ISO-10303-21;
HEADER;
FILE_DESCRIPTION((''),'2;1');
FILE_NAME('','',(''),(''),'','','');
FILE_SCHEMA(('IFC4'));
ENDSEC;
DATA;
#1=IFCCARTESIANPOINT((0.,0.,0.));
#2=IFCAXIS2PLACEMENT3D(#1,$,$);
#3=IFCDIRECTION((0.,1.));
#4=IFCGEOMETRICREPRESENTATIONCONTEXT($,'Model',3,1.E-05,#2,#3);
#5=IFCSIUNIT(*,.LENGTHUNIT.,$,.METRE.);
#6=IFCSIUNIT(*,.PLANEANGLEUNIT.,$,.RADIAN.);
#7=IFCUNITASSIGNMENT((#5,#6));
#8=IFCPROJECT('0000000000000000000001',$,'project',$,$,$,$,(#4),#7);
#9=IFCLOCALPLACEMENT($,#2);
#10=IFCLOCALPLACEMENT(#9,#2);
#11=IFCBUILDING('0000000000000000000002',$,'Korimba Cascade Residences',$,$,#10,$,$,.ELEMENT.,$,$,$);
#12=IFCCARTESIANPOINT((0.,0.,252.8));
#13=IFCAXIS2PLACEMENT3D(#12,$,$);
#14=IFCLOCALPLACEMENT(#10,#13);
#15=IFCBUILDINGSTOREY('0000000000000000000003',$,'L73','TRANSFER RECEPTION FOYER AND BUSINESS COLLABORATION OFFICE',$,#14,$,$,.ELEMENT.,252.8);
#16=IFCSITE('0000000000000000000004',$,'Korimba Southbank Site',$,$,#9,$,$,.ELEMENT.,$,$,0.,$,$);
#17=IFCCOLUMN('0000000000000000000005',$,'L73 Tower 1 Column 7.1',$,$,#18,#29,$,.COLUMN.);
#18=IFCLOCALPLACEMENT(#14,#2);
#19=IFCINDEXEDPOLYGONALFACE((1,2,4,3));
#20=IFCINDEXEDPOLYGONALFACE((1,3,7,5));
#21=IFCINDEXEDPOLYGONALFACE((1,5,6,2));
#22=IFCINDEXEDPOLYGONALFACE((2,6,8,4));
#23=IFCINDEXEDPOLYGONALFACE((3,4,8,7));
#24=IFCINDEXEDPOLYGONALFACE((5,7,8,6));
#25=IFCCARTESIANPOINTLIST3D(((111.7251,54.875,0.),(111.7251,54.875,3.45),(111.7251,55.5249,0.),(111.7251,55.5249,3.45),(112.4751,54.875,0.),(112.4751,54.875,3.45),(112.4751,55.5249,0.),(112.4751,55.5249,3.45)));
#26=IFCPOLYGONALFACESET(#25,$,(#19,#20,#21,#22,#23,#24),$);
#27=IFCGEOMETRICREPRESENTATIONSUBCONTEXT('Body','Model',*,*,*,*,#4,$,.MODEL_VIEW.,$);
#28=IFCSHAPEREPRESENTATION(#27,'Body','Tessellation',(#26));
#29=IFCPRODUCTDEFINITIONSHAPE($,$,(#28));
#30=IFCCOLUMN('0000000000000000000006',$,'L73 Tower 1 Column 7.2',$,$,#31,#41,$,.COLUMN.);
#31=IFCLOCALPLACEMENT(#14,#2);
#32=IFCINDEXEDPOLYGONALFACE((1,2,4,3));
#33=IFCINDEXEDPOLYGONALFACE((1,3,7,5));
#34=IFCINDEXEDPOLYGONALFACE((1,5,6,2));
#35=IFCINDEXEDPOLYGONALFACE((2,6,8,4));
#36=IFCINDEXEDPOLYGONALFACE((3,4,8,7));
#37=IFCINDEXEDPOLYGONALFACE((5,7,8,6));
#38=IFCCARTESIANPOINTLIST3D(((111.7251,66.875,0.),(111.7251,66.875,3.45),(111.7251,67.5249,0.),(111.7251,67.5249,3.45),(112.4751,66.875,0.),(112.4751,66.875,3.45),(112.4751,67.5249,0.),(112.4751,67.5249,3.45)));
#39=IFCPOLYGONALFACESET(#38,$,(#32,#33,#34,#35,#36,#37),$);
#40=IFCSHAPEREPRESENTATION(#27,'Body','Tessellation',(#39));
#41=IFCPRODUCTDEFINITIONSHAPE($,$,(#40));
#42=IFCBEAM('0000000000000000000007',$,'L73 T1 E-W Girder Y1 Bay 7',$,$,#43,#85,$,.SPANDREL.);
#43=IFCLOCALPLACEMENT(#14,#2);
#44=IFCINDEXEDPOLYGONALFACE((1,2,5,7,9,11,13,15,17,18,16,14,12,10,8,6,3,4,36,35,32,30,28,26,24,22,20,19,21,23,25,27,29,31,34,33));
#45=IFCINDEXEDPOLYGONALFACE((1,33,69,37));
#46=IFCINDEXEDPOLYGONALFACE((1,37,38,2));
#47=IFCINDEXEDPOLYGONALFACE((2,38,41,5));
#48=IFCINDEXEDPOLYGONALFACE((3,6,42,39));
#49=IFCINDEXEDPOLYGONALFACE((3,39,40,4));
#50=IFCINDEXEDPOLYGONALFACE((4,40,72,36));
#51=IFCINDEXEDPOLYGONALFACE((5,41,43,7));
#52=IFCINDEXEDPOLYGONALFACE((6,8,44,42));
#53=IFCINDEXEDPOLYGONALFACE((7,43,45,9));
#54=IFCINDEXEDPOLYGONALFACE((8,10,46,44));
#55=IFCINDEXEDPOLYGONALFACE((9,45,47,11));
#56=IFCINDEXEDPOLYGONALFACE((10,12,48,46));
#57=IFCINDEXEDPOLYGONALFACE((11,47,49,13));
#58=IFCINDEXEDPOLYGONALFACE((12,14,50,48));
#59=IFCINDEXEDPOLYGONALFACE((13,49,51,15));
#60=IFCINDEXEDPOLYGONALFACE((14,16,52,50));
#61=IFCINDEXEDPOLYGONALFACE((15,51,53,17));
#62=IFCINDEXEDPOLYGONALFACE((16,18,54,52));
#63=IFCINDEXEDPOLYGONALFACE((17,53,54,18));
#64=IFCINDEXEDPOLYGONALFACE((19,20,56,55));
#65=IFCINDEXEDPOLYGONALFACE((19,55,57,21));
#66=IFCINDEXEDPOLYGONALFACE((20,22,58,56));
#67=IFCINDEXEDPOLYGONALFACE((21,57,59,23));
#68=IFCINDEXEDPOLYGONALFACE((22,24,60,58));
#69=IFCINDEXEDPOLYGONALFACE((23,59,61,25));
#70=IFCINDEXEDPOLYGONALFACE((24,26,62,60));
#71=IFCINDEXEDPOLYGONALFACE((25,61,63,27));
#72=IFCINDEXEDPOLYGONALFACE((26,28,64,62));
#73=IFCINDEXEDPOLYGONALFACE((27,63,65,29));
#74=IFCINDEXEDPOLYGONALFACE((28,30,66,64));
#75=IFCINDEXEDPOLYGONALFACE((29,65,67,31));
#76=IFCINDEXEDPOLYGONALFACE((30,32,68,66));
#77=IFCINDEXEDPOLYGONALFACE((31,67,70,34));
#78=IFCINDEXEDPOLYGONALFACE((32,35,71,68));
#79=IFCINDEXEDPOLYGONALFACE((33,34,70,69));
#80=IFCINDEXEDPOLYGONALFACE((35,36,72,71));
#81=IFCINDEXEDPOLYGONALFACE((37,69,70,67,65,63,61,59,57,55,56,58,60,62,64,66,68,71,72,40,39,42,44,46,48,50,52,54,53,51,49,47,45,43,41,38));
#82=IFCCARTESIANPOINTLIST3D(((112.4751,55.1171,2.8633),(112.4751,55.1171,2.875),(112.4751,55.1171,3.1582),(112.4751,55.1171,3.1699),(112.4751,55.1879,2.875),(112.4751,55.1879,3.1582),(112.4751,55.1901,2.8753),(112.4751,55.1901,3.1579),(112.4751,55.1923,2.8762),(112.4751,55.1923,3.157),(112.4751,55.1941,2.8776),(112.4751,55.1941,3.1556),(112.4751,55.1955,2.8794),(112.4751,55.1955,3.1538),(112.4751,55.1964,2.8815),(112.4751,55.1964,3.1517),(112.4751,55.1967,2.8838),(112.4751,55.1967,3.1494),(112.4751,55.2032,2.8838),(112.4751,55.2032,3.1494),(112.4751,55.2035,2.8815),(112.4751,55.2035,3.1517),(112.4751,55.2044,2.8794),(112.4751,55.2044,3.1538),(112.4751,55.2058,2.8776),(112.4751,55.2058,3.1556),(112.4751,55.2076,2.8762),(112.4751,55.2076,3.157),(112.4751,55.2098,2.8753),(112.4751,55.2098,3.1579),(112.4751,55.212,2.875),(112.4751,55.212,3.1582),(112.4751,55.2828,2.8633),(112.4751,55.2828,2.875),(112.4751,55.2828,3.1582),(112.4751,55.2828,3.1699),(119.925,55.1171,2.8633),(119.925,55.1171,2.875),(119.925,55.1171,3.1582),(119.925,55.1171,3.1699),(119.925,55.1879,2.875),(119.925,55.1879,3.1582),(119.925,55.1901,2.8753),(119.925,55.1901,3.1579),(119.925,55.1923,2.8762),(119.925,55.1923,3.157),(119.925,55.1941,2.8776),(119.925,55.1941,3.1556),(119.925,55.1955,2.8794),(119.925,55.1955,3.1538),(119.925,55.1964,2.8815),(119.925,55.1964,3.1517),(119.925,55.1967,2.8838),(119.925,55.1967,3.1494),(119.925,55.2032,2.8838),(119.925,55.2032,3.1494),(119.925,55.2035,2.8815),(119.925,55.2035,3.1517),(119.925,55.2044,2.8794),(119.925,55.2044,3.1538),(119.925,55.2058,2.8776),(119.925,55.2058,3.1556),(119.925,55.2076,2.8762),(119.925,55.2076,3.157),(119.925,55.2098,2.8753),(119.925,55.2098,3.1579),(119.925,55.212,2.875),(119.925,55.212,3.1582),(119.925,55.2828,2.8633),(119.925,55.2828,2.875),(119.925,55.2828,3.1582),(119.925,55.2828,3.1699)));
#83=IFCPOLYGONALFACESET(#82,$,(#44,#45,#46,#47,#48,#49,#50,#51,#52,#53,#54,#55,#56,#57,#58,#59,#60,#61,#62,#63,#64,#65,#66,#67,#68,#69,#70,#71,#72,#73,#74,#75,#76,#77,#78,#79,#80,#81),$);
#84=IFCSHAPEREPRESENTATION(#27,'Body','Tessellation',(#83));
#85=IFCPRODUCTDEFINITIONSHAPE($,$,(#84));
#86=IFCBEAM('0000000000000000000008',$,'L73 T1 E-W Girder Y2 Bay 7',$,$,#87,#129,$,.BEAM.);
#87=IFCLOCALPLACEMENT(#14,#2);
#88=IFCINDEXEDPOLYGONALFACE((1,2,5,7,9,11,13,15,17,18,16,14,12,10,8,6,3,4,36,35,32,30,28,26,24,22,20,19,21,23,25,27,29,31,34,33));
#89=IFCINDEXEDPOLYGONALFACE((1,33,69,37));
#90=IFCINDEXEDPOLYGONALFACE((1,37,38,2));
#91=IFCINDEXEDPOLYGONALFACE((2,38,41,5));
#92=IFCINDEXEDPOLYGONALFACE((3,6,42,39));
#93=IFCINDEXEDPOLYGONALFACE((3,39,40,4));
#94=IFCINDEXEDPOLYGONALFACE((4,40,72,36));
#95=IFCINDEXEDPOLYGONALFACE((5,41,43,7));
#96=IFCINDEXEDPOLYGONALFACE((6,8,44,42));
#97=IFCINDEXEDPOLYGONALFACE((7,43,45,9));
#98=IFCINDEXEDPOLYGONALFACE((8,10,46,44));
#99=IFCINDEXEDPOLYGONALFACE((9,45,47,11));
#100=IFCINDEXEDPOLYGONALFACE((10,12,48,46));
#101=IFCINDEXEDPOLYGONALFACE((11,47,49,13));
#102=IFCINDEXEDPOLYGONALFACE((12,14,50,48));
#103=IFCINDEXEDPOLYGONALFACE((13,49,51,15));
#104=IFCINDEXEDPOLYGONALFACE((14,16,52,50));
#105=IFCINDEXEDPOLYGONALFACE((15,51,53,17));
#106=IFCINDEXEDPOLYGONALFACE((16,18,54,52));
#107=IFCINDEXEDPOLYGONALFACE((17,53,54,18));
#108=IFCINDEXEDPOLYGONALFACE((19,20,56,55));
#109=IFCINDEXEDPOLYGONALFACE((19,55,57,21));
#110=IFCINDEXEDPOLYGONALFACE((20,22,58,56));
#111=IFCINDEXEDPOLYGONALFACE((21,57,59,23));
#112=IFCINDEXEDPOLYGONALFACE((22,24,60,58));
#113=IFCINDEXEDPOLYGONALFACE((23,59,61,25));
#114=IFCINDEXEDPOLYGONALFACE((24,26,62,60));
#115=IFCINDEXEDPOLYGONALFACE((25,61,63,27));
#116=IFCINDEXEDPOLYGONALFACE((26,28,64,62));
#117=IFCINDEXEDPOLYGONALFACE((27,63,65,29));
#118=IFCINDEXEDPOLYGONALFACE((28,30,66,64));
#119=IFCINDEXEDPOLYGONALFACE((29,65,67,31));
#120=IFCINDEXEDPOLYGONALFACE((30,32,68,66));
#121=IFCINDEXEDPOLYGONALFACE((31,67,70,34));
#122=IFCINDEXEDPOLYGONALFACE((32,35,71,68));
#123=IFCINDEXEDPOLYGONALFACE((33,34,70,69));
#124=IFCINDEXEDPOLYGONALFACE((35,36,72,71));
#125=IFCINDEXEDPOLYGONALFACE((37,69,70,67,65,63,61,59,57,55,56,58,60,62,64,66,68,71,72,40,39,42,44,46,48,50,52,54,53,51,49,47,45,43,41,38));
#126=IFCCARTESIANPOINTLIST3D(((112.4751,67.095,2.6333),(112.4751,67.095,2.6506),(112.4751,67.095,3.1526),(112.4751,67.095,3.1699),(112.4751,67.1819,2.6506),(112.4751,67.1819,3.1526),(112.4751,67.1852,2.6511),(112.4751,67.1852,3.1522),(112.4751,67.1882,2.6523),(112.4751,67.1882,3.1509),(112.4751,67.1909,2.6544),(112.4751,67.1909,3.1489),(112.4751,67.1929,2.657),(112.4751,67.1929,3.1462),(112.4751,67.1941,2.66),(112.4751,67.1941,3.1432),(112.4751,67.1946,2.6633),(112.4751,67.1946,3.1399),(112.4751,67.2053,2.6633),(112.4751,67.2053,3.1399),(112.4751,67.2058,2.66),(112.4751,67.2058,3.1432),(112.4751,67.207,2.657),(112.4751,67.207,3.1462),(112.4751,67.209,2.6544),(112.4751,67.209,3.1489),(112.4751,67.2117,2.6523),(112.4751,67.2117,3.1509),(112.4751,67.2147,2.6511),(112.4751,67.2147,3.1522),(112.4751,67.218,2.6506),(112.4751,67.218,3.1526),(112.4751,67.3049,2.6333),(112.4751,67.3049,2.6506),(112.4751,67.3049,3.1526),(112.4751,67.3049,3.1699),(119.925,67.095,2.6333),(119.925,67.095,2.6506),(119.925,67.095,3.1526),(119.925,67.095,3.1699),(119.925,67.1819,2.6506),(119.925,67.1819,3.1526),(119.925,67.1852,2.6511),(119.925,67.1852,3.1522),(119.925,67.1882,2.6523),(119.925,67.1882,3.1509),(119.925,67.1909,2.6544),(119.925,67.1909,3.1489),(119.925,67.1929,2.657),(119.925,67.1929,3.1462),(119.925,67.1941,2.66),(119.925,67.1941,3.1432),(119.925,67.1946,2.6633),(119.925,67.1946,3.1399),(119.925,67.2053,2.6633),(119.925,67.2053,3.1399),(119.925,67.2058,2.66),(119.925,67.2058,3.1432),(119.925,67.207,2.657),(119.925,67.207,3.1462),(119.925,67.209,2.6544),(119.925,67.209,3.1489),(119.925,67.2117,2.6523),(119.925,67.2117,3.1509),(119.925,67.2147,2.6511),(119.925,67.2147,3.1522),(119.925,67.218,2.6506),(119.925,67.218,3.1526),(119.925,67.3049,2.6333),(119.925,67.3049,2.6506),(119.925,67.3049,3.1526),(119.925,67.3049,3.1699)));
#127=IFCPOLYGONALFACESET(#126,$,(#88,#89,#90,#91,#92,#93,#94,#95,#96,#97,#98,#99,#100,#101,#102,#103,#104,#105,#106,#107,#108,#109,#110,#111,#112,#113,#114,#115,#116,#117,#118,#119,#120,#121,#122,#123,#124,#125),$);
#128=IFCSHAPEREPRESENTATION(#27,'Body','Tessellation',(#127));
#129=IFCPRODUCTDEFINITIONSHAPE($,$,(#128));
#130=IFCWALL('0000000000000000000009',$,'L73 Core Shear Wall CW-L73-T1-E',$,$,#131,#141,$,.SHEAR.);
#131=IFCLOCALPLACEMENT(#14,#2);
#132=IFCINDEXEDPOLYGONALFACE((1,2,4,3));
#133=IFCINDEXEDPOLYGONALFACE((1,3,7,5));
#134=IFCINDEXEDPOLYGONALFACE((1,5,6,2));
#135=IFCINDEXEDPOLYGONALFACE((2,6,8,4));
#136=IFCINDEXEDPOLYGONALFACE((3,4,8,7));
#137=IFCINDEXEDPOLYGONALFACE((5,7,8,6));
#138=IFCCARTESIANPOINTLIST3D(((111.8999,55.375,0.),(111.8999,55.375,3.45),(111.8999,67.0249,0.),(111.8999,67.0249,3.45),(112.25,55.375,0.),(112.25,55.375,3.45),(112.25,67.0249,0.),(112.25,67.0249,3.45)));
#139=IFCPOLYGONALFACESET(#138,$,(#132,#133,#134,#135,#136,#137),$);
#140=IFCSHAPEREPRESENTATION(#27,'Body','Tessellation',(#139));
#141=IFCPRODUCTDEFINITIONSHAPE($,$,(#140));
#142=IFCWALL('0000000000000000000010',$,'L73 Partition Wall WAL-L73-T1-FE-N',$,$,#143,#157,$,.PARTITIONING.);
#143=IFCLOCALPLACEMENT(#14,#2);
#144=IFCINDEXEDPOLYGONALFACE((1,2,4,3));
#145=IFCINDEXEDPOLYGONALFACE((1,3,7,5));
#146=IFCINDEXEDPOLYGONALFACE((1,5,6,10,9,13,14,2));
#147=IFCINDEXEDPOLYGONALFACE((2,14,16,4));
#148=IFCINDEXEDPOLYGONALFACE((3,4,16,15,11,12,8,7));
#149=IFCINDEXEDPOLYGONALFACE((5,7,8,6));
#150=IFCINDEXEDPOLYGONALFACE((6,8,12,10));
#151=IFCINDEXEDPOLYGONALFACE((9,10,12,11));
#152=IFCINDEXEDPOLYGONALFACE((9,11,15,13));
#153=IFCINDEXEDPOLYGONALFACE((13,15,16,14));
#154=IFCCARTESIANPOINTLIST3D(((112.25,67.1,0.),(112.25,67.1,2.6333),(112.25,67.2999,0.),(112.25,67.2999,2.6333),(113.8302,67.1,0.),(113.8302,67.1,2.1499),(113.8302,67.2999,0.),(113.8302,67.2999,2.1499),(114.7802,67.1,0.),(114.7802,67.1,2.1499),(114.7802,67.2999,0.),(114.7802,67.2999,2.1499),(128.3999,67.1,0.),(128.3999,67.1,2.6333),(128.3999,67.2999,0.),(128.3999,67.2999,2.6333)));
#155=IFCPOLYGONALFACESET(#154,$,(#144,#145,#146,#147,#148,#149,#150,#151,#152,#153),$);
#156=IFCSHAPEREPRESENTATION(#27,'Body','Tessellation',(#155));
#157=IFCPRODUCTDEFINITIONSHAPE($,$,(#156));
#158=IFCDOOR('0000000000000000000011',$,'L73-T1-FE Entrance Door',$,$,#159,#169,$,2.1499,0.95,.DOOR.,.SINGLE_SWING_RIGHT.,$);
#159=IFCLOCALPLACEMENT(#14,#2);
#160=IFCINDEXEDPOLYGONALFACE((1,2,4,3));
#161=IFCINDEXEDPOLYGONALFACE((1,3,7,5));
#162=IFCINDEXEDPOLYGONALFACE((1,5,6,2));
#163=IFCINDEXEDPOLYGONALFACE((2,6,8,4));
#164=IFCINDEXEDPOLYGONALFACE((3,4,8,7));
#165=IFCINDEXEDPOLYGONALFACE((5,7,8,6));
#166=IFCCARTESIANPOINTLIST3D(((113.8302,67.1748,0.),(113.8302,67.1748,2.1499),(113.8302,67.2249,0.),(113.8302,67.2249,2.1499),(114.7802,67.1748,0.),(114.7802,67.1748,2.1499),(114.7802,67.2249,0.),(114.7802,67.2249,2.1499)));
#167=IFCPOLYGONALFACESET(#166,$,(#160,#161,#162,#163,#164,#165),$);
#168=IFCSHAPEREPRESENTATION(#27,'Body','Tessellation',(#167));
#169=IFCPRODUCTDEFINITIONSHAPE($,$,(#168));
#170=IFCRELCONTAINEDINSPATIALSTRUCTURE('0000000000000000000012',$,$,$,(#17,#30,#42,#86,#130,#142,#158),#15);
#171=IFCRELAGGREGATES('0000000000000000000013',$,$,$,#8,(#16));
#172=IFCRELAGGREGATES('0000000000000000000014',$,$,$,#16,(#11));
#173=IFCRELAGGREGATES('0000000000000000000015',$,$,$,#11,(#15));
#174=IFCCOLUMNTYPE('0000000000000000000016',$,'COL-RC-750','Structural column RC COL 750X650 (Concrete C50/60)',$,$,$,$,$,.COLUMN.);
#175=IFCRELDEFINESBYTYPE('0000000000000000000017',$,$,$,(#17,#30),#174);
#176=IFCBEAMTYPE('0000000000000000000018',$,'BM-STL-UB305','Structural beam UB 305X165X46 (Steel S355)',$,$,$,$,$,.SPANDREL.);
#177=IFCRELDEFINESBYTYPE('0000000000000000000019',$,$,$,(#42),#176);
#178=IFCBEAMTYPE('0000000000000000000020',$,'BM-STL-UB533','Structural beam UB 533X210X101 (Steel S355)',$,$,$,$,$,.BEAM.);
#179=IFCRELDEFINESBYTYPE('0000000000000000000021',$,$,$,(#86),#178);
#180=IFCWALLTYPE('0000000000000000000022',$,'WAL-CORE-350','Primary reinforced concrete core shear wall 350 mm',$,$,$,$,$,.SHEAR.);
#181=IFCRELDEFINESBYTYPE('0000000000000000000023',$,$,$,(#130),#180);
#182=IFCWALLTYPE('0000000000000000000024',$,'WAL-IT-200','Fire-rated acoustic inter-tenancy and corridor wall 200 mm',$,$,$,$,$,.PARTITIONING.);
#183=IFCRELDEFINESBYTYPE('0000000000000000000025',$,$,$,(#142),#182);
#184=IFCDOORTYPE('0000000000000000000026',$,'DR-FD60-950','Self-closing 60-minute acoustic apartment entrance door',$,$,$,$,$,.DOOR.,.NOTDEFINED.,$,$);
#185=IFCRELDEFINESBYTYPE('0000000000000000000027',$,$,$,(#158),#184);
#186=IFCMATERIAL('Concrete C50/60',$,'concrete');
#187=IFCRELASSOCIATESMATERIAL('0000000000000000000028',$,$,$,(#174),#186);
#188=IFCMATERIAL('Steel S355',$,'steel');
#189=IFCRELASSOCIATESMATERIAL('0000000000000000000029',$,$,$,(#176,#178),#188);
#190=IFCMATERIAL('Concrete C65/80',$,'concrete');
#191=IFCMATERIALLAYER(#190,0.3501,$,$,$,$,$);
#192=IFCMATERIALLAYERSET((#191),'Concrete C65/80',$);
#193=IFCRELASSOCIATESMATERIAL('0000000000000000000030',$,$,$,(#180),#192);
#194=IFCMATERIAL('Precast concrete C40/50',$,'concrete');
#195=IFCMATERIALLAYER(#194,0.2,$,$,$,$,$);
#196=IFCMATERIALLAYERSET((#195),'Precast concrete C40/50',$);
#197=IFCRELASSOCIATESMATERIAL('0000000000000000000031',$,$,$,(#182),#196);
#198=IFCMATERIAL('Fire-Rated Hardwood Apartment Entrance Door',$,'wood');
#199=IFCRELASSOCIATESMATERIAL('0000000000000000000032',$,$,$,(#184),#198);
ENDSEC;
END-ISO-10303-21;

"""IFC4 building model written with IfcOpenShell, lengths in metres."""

from ifc_helpers import new_model, si_unit, direction, frame, frame_2d, origin, origin_2d, place, context, subcontext, project, spatial, rectangle, i_section, extrude, material, layer, layer_set, material_profile, profile_set, type_object, element, fill, save


model = new_model("IFC4")

# Units and contexts
model_context = context("Model", 3, precision=1e-05, world=origin(), true_north=direction((0.0, 1.0)))
body_context = subcontext(model_context, "Body", "Model", "MODEL_VIEW")
ifc_project = project(units=[si_unit("LENGTHUNIT", "METRE"), si_unit("PLANEANGLEUNIT", "RADIAN")], contexts=[model_context])

# Site, building, storey
site_placement = place(None, origin())
site = spatial("IfcSite", under=ifc_project, at=site_placement, Name="Korimba Southbank Site", CompositionType="ELEMENT", RefElevation=0.0)
building_placement = place(site_placement, origin())
building = spatial("IfcBuilding", under=site, at=building_placement, Name="Korimba Cascade Residences", CompositionType="ELEMENT")
storey_placement = place(building_placement, frame((0.0, 0.0, 252.8)))
storey = spatial("IfcBuildingStorey", under=building, at=storey_placement, Name="L73", Description="TRANSFER RECEPTION FOYER AND BUSINESS COLLABORATION OFFICE", CompositionType="ELEMENT", Elevation=252.8)

# Columns
ifc_material_1 = material(Name="Concrete C50/60", Category="concrete")
ifc_material_profile_1 = material_profile(ifc_material_1, rectangle(XDim=0.75, YDim=0.6499, at=origin_2d()), Name="Concrete C50/60")
ifc_profile_set_1 = profile_set([ifc_material_profile_1], Name="Concrete C50/60")
column_type = type_object("IfcColumnType", Name="COL-RC-750", Description="Structural column RC COL 750X650 (Concrete C50/60)", PredefinedType="COLUMN", material=ifc_profile_set_1)
for number, where, z_axis, x_axis, name in (
    (1, (112.1001, 55.2, 0.0), (0.0, 0.0, 1.0), (1.0, 0.0, 0.0), "L73 Tower 1 Column 7.1"),
    (2, (112.1001, 67.2, 0.0), (0.0, 0.0, 1.0), (1.0, 0.0, 0.0), "L73 Tower 1 Column 7.2"),
):
    element("IfcColumn", number, at=place(storey_placement, frame(where, z_axis=z_axis, x_axis=x_axis)), inside=storey, type_object=column_type, Name=name, PredefinedType="COLUMN", context=body_context, shape_type="SweptSolid", body=[
        extrude(rectangle(XDim=0.75, YDim=0.6499, at=origin_2d()), origin(), (0.0, 0.0, 1.0), 3.45),
    ])

# Beams
ifc_material_2 = material(Name="Steel S355", Category="steel")
ifc_material_profile_2 = material_profile(ifc_material_2, i_section(OverallWidth=0.1658, OverallDepth=0.3066, WebThickness=0.0066, FlangeThickness=0.0117, FilletRadius=0.0088, at=origin_2d()), Name="Steel S355")
ifc_profile_set_2 = profile_set([ifc_material_profile_2], Name="Steel S355")
beam_type_1 = type_object("IfcBeamType", Name="BM-STL-UB305", Description="Structural beam UB 305X165X46 (Steel S355)", PredefinedType="SPANDREL", material=ifc_profile_set_2)
beam_1_placement = place(storey_placement, frame((112.4751, 55.2, 3.0166), z_axis=(1.0, 0.0, 0.0), x_axis=(0.0, 1.0, 0.0)))
element("IfcBeam", 3, at=beam_1_placement, inside=storey, type_object=beam_type_1, Name="L73 T1 E-W Girder Y1 Bay 7", PredefinedType="SPANDREL", context=body_context, shape_type="SweptSolid", body=[
    extrude(i_section(OverallWidth=0.1658, OverallDepth=0.3066, WebThickness=0.0066, FlangeThickness=0.0117, FilletRadius=0.0088, at=origin_2d()), origin(), (0.0, 0.0, 1.0), 7.45),
])
ifc_material_profile_3 = material_profile(ifc_material_2, i_section(OverallWidth=0.21, OverallDepth=0.5366, WebThickness=0.0107, FlangeThickness=0.0173, FilletRadius=0.0127, at=origin_2d()), Name="Steel S355")
ifc_profile_set_3 = profile_set([ifc_material_profile_3], Name="Steel S355")
beam_type_2 = type_object("IfcBeamType", Name="BM-STL-UB533", Description="Structural beam UB 533X210X101 (Steel S355)", PredefinedType="BEAM", material=ifc_profile_set_3)
beam_2_placement = place(storey_placement, frame((112.4751, 67.2, 2.9016), z_axis=(1.0, 0.0, 0.0), x_axis=(0.0, 1.0, 0.0)))
element("IfcBeam", 4, at=beam_2_placement, inside=storey, type_object=beam_type_2, Name="L73 T1 E-W Girder Y2 Bay 7", PredefinedType="BEAM", context=body_context, shape_type="SweptSolid", body=[
    extrude(i_section(OverallWidth=0.21, OverallDepth=0.5366, WebThickness=0.0107, FlangeThickness=0.0173, FilletRadius=0.0127, at=origin_2d()), origin(), (0.0, 0.0, 1.0), 7.45),
])

# Wall
ifc_material_3 = material(Name="Concrete C65/80", Category="concrete")
ifc_layer_1 = layer(ifc_material_3, 0.3501)
ifc_layer_set_1 = layer_set([ifc_layer_1], Name="Concrete C65/80")
wall_type_1 = type_object("IfcWallType", Name="WAL-CORE-350", Description="Primary reinforced concrete core shear wall 350 mm", PredefinedType="SHEAR", material=ifc_layer_set_1)
wall_1_placement = place(storey_placement, frame((112.075, 55.375, 0.0), z_axis=(0.0, 0.0, 1.0), x_axis=(0.0, 1.0, 0.0)))
element("IfcWall", 5, at=wall_1_placement, inside=storey, type_object=wall_type_1, Name="L73 Core Shear Wall CW-L73-T1-E", PredefinedType="SHEAR", context=body_context, shape_type="SweptSolid", body=[
    extrude(rectangle(XDim=11.6499, YDim=0.3501, at=frame_2d((5.825, 0.0))), origin(), (0.0, 0.0, 1.0), 3.45),
])

# Wall, opening, door
ifc_material_4 = material(Name="Precast concrete C40/50", Category="concrete")
ifc_layer_2 = layer(ifc_material_4, 0.2)
ifc_layer_set_2 = layer_set([ifc_layer_2], Name="Precast concrete C40/50")
wall_type_2 = type_object("IfcWallType", Name="WAL-IT-200", Description="Fire-rated acoustic inter-tenancy and corridor wall 200 mm", PredefinedType="PARTITIONING", material=ifc_layer_set_2)
wall_2_placement = place(storey_placement, frame((112.25, 67.2, 0.0), z_axis=(0.0, 0.0, 1.0), x_axis=(1.0, 0.0, 0.0)))
wall_2 = element("IfcWall", 6, at=wall_2_placement, inside=storey, type_object=wall_type_2, Name="L73 Partition Wall WAL-L73-T1-FE-N", PredefinedType="PARTITIONING", context=body_context, shape_type="SweptSolid", body=[
    extrude(rectangle(XDim=16.1499, YDim=0.2, at=frame_2d((8.075, 0.0))), origin(), (0.0, 0.0, 1.0), 2.6333),
])
opening_1_placement = place(wall_2_placement, frame((1.5801, 0.0, 0.0)))
opening_1 = element("IfcOpeningElement", 7, at=opening_1_placement, cuts=wall_2, PredefinedType="OPENING", context=body_context, shape_type="SweptSolid", body=[
    extrude(rectangle(XDim=0.95, YDim=2.1499, at=frame_2d((0.4751, 1.075))), frame((0.0, 0.1099, 0.0), z_axis=(0.0, -1.0, 0.0), x_axis=(1.0, 0.0, 0.0)), (0.0, 0.0, 1.0), 0.22),
])
ifc_material_5 = material(Name="Fire-Rated Hardwood Apartment Entrance Door", Category="wood")
door_type_1 = type_object("IfcDoorType", Name="DR-FD60-950", Description="Self-closing 60-minute acoustic apartment entrance door", OperationType="NOTDEFINED", PredefinedType="DOOR", material=ifc_material_5)
door_1_placement = place(opening_1_placement, origin())
door_1 = element("IfcDoor", 8, at=door_1_placement, inside=storey, type_object=door_type_1, Name="L73-T1-FE Entrance Door", OperationType="SINGLE_SWING_RIGHT", OverallHeight=2.1499, OverallWidth=0.95, PredefinedType="DOOR", context=body_context, shape_type="SweptSolid", body=[
    extrude(rectangle(XDim=0.95, YDim=2.1499, at=frame_2d((0.4751, 1.075))), frame((0.0, 0.0249, 0.0), z_axis=(0.0, -1.0, 0.0), x_axis=(1.0, 0.0, 0.0)), (0.0, 0.0, 1.0), 0.05),
])
fill(opening_1, door_1)

save(model, "model.ifc")
